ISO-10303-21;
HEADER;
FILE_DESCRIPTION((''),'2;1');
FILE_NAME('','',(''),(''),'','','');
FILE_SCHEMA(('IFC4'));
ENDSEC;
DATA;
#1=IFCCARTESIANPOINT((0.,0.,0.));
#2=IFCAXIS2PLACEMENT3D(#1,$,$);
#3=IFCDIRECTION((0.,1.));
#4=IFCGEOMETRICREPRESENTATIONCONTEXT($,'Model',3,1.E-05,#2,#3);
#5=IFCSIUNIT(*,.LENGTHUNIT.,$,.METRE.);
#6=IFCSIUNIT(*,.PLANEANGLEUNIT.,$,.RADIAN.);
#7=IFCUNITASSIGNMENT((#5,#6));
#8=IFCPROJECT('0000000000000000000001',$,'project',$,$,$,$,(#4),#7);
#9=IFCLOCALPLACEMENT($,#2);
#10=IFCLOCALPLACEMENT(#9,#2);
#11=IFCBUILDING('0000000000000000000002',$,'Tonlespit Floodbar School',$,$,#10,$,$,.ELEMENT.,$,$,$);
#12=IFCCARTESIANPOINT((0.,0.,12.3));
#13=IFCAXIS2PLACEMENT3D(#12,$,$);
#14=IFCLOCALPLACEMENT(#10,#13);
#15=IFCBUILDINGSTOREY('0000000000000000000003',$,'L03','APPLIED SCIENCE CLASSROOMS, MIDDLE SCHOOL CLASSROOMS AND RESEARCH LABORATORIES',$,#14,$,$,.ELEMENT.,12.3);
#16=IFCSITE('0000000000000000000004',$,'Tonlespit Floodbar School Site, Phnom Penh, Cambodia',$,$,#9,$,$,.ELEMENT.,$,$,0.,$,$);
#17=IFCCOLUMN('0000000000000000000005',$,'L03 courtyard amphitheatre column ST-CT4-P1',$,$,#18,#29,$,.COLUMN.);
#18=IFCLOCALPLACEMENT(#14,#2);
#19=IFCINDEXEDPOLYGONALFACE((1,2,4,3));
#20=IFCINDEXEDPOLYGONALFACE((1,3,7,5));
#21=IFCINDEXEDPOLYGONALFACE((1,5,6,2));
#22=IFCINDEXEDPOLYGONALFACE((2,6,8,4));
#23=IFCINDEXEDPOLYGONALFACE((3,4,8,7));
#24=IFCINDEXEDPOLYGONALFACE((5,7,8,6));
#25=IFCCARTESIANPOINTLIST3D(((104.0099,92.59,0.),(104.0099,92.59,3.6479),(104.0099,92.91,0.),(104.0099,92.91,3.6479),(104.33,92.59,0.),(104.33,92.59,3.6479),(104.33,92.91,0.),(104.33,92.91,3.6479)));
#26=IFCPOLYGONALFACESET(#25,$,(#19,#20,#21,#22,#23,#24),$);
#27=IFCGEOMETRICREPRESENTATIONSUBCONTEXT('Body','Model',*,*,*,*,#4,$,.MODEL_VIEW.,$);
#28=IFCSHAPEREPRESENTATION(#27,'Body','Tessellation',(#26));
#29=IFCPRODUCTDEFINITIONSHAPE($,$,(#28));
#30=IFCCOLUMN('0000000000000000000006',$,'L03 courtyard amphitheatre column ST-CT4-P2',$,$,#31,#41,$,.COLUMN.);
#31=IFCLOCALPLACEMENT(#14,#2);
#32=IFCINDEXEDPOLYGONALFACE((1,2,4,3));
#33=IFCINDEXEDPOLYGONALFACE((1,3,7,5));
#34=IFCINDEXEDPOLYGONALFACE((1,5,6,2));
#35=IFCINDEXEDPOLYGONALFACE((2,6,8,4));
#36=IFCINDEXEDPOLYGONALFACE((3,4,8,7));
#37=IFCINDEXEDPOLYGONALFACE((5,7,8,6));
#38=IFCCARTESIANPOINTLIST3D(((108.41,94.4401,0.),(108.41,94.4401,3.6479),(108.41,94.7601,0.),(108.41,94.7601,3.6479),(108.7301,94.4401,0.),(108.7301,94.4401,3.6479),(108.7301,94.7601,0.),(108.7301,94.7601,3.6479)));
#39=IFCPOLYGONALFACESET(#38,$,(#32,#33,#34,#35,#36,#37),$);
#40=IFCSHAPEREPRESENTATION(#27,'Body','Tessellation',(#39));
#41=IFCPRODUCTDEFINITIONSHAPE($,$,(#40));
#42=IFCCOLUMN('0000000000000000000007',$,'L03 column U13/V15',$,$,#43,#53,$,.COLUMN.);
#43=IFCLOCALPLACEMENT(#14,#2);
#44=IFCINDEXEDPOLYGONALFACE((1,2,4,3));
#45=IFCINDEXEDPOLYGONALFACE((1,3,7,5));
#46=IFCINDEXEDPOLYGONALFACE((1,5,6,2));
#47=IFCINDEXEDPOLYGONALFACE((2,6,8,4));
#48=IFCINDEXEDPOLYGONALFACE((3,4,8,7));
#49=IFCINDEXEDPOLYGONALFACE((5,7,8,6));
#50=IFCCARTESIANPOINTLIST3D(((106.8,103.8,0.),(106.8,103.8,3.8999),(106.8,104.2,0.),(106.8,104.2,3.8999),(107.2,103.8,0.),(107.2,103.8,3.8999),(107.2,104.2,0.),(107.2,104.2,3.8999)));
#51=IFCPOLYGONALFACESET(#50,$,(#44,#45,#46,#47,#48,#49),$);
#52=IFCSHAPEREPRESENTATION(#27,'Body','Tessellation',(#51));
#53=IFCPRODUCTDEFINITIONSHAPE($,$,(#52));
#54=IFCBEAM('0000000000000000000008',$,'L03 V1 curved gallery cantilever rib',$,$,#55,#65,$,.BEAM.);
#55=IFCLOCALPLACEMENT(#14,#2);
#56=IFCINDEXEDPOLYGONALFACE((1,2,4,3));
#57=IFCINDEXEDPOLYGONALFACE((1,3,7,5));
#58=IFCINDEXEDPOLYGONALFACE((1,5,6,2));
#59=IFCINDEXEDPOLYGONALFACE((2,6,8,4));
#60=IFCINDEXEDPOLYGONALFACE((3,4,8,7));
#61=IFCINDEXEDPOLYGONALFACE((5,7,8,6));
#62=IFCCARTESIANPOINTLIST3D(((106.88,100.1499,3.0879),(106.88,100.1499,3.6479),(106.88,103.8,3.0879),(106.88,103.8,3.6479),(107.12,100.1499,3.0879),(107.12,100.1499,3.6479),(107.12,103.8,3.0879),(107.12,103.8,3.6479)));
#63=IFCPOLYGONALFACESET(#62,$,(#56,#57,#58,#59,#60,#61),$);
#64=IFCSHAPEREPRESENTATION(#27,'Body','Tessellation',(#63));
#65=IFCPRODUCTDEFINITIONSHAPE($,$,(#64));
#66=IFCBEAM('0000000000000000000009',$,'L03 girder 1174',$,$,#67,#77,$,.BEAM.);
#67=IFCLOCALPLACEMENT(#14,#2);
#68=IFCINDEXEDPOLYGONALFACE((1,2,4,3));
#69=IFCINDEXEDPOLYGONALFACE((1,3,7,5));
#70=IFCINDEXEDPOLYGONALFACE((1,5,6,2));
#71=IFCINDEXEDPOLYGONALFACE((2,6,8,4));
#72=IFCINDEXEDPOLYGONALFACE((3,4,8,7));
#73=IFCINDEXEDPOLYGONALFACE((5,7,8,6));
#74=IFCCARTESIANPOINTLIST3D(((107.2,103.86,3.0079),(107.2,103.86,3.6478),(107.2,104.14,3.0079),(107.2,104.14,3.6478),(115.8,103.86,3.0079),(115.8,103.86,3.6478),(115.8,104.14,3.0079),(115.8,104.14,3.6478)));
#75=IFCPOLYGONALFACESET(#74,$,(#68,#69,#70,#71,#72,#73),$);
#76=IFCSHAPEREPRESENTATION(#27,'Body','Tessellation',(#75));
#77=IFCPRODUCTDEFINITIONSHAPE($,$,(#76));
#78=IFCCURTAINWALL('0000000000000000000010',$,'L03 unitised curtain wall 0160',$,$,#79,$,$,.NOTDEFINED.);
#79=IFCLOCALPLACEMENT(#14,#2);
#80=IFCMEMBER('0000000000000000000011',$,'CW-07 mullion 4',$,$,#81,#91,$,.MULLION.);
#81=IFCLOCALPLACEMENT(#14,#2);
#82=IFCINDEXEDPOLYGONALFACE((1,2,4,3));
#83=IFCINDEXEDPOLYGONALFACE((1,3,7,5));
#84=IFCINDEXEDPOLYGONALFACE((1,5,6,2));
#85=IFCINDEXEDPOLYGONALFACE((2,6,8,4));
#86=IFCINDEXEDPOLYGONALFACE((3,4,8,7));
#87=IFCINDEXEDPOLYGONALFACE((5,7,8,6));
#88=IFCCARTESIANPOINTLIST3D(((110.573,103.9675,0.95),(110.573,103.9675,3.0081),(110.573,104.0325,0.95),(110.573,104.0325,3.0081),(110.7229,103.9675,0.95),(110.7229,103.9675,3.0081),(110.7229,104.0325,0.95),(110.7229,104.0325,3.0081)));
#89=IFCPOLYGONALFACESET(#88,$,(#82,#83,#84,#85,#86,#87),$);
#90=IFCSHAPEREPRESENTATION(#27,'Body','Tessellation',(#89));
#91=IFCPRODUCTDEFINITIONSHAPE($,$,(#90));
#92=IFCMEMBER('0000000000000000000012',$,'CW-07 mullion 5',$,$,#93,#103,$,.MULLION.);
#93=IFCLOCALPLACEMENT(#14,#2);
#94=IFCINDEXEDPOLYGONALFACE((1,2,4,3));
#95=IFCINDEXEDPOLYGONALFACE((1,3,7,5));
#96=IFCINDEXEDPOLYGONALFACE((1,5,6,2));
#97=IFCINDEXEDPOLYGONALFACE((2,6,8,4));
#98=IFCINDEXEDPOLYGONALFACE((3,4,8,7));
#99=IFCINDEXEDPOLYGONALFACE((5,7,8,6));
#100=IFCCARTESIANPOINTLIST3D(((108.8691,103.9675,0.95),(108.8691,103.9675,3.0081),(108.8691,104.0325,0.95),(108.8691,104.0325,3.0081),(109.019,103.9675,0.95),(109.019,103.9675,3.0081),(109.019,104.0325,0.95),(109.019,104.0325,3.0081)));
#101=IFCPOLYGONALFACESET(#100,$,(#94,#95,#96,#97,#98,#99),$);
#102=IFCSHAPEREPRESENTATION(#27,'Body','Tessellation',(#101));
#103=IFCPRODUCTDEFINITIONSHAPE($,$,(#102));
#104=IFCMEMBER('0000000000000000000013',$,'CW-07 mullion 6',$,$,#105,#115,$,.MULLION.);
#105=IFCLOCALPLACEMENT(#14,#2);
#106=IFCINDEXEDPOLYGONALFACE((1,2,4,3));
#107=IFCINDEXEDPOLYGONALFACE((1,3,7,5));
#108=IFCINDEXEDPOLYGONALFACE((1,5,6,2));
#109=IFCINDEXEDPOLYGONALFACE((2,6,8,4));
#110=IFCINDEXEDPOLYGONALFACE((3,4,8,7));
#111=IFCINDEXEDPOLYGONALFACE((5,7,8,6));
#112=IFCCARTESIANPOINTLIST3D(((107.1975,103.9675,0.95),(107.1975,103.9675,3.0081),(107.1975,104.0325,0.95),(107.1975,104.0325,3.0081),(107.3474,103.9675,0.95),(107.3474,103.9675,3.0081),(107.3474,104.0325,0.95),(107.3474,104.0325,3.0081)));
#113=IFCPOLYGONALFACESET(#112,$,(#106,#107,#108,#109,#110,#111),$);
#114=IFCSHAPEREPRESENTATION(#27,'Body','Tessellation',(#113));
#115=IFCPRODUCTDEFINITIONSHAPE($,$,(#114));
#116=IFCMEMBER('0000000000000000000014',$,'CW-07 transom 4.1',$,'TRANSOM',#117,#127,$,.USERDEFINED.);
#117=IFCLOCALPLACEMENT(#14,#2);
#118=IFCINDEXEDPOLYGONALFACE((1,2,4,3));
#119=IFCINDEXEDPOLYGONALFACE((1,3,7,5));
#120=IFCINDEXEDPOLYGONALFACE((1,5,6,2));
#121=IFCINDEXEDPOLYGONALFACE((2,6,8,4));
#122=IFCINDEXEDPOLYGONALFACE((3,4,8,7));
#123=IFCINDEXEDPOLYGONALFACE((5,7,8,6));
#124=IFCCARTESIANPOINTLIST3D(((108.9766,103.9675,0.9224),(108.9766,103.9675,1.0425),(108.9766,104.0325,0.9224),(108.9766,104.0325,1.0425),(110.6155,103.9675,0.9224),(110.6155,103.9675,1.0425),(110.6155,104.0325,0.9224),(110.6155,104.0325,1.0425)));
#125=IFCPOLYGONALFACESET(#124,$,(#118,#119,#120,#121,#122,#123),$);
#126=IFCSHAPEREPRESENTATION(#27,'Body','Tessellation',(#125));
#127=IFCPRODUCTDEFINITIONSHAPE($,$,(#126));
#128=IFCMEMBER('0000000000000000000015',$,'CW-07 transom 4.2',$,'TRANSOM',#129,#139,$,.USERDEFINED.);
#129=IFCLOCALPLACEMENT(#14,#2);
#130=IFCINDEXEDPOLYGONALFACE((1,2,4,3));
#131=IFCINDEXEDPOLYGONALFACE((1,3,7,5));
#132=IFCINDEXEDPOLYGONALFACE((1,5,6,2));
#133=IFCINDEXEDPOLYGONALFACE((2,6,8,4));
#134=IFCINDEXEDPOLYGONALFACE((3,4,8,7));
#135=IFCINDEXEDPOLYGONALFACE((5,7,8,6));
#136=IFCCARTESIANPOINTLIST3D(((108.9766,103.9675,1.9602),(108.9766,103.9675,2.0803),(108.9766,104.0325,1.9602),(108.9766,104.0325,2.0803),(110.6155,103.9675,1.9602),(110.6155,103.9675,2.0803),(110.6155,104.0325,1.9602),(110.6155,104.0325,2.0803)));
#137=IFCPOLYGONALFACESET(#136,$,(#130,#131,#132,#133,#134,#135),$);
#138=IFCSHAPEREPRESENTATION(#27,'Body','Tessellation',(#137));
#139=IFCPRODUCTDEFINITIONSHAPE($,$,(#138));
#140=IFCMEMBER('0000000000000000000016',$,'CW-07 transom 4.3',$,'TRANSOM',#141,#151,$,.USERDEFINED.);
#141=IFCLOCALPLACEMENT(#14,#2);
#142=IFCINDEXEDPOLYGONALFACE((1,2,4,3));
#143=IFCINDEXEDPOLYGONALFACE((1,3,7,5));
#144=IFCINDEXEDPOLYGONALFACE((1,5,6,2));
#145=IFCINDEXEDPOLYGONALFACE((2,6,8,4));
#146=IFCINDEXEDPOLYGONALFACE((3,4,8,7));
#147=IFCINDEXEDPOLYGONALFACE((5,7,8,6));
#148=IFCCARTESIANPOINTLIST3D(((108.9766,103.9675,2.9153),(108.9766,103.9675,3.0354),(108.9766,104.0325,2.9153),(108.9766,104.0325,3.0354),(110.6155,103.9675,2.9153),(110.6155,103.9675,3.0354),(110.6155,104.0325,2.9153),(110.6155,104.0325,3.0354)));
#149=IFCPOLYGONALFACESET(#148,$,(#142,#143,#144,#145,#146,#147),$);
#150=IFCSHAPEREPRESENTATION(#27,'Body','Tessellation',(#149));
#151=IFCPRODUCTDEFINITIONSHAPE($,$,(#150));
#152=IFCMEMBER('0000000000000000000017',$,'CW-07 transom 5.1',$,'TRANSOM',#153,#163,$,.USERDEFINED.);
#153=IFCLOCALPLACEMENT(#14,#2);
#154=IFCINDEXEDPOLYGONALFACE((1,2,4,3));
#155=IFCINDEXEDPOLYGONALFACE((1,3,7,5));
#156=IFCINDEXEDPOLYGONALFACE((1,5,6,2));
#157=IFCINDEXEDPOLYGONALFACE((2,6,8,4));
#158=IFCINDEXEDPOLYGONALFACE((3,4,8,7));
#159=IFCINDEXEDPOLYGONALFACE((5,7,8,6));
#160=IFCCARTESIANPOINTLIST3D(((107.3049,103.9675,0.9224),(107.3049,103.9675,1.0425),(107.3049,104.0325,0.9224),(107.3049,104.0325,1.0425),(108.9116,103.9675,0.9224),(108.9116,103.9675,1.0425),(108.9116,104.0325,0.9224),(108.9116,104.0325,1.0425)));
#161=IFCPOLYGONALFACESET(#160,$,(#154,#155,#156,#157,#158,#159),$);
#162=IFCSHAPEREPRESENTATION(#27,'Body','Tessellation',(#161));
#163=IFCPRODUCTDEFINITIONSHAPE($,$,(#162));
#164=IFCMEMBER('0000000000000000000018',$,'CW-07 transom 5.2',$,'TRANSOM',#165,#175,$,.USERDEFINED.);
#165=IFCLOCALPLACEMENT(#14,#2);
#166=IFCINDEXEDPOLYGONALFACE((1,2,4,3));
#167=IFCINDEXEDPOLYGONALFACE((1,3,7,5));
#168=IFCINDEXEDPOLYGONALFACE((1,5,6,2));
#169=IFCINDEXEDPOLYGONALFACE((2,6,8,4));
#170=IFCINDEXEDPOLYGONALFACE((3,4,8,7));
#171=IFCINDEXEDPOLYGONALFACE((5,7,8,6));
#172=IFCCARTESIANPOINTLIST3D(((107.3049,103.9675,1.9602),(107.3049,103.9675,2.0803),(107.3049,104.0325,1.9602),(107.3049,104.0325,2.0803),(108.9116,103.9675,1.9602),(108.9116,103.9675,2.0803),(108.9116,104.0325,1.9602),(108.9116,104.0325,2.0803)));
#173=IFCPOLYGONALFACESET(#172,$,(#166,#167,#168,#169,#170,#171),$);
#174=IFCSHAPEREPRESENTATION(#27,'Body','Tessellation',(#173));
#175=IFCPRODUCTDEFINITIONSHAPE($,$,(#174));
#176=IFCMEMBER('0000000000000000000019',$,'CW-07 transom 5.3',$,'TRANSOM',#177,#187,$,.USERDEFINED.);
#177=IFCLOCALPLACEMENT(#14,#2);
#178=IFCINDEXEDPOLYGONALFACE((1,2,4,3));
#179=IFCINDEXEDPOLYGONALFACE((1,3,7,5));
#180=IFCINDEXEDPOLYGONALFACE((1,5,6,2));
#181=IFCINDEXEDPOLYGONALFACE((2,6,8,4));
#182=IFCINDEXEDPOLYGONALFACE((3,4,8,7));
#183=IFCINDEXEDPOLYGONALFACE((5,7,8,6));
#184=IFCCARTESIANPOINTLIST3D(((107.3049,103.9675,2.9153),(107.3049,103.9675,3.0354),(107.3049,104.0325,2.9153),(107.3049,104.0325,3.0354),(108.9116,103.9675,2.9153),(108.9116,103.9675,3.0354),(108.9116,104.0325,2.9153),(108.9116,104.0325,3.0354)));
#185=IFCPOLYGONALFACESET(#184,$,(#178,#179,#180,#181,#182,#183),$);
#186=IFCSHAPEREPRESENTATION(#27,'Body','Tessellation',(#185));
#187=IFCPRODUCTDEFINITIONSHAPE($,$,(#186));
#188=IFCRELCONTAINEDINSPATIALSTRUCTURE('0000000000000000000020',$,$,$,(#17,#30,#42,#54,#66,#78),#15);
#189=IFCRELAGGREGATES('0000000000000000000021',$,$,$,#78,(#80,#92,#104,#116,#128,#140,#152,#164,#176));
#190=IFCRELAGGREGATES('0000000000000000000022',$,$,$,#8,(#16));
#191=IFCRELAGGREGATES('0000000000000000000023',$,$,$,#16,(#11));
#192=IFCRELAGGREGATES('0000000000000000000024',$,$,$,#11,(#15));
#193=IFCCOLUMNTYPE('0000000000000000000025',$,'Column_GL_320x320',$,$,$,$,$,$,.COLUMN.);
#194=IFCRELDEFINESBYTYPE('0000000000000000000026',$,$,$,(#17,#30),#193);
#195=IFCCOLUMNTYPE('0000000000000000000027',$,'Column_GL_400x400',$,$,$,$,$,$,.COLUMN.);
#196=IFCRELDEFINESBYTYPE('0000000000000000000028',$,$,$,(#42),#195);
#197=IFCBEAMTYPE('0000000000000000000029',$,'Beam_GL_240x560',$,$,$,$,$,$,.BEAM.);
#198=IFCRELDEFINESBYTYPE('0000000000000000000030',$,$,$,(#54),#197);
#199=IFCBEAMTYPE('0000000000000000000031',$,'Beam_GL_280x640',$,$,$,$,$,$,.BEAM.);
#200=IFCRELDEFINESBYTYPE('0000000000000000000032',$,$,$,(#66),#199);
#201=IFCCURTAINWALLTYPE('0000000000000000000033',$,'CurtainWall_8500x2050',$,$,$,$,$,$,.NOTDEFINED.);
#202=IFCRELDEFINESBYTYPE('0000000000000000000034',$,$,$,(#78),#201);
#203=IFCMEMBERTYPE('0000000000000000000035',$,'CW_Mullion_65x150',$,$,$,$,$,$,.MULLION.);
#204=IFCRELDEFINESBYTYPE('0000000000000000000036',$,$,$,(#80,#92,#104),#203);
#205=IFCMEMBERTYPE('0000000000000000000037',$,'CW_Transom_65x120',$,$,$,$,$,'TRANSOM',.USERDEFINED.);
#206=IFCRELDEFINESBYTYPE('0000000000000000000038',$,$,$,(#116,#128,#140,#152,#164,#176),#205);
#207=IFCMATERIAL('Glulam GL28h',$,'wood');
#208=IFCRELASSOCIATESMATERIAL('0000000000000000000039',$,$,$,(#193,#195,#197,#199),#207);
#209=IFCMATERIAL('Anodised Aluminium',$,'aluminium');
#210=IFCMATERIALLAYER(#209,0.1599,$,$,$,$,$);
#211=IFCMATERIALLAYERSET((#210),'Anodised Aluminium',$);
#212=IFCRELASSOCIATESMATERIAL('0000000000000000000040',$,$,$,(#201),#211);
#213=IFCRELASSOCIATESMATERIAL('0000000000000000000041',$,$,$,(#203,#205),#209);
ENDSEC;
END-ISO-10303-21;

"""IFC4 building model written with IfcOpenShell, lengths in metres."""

from ifc_helpers import new_model, si_unit, direction, frame, origin, origin_2d, place, context, subcontext, project, spatial, rectangle, extrude, material, layer, layer_set, material_profile, profile_set, type_object, element, aggregate, save


model = new_model("IFC4")

# Units and contexts
model_context = context("Model", 3, precision=1e-05, world=origin(), true_north=direction((0.0, 1.0)))
body_context = subcontext(model_context, "Body", "Model", "MODEL_VIEW")
ifc_project = project(units=[si_unit("LENGTHUNIT", "METRE"), si_unit("PLANEANGLEUNIT", "RADIAN")], contexts=[model_context])

# Site, building, storey
site_placement = place(None, origin())
site = spatial("IfcSite", under=ifc_project, at=site_placement, Name="Tonlespit Floodbar School Site, Phnom Penh, Cambodia", CompositionType="ELEMENT", RefElevation=0.0)
building_placement = place(site_placement, origin())
building = spatial("IfcBuilding", under=site, at=building_placement, Name="Tonlespit Floodbar School", CompositionType="ELEMENT")
storey_placement = place(building_placement, frame((0.0, 0.0, 12.3)))
storey = spatial("IfcBuildingStorey", under=building, at=storey_placement, Name="L03", Description="APPLIED SCIENCE CLASSROOMS, MIDDLE SCHOOL CLASSROOMS AND RESEARCH LABORATORIES", CompositionType="ELEMENT", Elevation=12.3)

# Columns
ifc_material_1 = material(Name="Glulam GL28h", Category="wood")
ifc_material_profile_1 = material_profile(ifc_material_1, rectangle(XDim=0.3201, YDim=0.3201, at=origin_2d()), Name="GL 320x320")
ifc_profile_set_1 = profile_set([ifc_material_profile_1], Name="Glulam GL28h")
column_type_1 = type_object("IfcColumnType", Name="Column_GL_320x320", PredefinedType="COLUMN", material=ifc_profile_set_1)
for number, where, z_axis, x_axis, name in (
    (1, (104.1699, 92.75, 0.0), (0.0, 0.0, 1.0), (1.0, 0.0, 0.0), "L03 courtyard amphitheatre column ST-CT4-P1"),
    (2, (108.5701, 94.6001, 0.0), (0.0, 0.0, 1.0), (1.0, 0.0, 0.0), "L03 courtyard amphitheatre column ST-CT4-P2"),
):
    element("IfcColumn", number, at=place(storey_placement, frame(where, z_axis=z_axis, x_axis=x_axis)), inside=storey, type_object=column_type_1, Name=name, PredefinedType="COLUMN", context=body_context, shape_type="SweptSolid", body=[
        extrude(rectangle(XDim=0.3201, YDim=0.3201, at=origin_2d()), origin(), (0.0, 0.0, 1.0), 3.6479),
    ])
ifc_material_profile_2 = material_profile(ifc_material_1, rectangle(XDim=0.3999, YDim=0.3999, at=origin_2d()), Name="GL 400x400")
ifc_profile_set_2 = profile_set([ifc_material_profile_2], Name="Glulam GL28h")
column_type_2 = type_object("IfcColumnType", Name="Column_GL_400x400", PredefinedType="COLUMN", material=ifc_profile_set_2)
column_placement = place(storey_placement, frame((107.0, 104.0, 0.0), z_axis=(0.0, 0.0, 1.0), x_axis=(1.0, 0.0, 0.0)))
element("IfcColumn", 3, at=column_placement, inside=storey, type_object=column_type_2, Name="L03 column U13/V15", PredefinedType="COLUMN", context=body_context, shape_type="SweptSolid", body=[
    extrude(rectangle(XDim=0.3999, YDim=0.3999, at=origin_2d()), origin(), (0.0, 0.0, 1.0), 3.8999),
])

# Beams
ifc_material_profile_3 = material_profile(ifc_material_1, rectangle(XDim=0.24, YDim=0.5601, at=origin_2d()), Name="GL 240x560")
ifc_profile_set_3 = profile_set([ifc_material_profile_3], Name="Glulam GL28h")
beam_type_1 = type_object("IfcBeamType", Name="Beam_GL_240x560", PredefinedType="BEAM", material=ifc_profile_set_3)
beam_1_placement = place(storey_placement, frame((107.0, 103.8, 3.3679), z_axis=(0.0, -1.0, 0.0), x_axis=(1.0, 0.0, 0.0)))
element("IfcBeam", 4, at=beam_1_placement, inside=storey, type_object=beam_type_1, Name="L03 V1 curved gallery cantilever rib", PredefinedType="BEAM", context=body_context, shape_type="SweptSolid", body=[
    extrude(rectangle(XDim=0.24, YDim=0.5601, at=origin_2d()), origin(), (0.0, 0.0, 1.0), 3.6501),
])
ifc_material_profile_4 = material_profile(ifc_material_1, rectangle(XDim=0.28, YDim=0.6399, at=origin_2d()), Name="GL 280x640")
ifc_profile_set_4 = profile_set([ifc_material_profile_4], Name="Glulam GL28h")
beam_type_2 = type_object("IfcBeamType", Name="Beam_GL_280x640", PredefinedType="BEAM", material=ifc_profile_set_4)
beam_2_placement = place(storey_placement, frame((107.2, 104.0, 3.3279), z_axis=(1.0, 0.0, 0.0), x_axis=(0.0, 1.0, 0.0)))
element("IfcBeam", 5, at=beam_2_placement, inside=storey, type_object=beam_type_2, Name="L03 girder 1174", PredefinedType="BEAM", context=body_context, shape_type="SweptSolid", body=[
    extrude(rectangle(XDim=0.28, YDim=0.6399, at=origin_2d()), origin(), (0.0, 0.0, 1.0), 8.6001),
])

# Curtain wall, members
ifc_material_2 = material(Name="Anodised Aluminium", Category="aluminium")
ifc_layer_1 = layer(ifc_material_2, 0.1599)
ifc_layer_set_1 = layer_set([ifc_layer_1], Name="Anodised Aluminium")
curtain_wall_type = type_object("IfcCurtainWallType", Name="CurtainWall_8500x2050", PredefinedType="NOTDEFINED", material=ifc_layer_set_1)
curtain_wall_placement = place(storey_placement, origin())
curtain_wall = element("IfcCurtainWall", 6, at=curtain_wall_placement, inside=storey, type_object=curtain_wall_type, Name="L03 unitised curtain wall 0160", PredefinedType="NOTDEFINED")
ifc_material_profile_5 = material_profile(ifc_material_2, rectangle(XDim=0.0649, YDim=0.1499, at=origin_2d()), Name="ALU M65x150")
ifc_profile_set_5 = profile_set([ifc_material_profile_5], Name="Anodised Aluminium")
member_type_1 = type_object("IfcMemberType", Name="CW_Mullion_65x150", PredefinedType="MULLION", material=ifc_profile_set_5)
member_1_placement = place(storey_placement, frame((110.6479, 104.0, 0.95), z_axis=(0.0, 0.0, 1.0), x_axis=(0.0, -1.0, 0.0)))
member_1 = element("IfcMember", 7, at=member_1_placement, type_object=member_type_1, Name="CW-07 mullion 4", PredefinedType="MULLION", context=body_context, shape_type="SweptSolid", body=[
    extrude(rectangle(XDim=0.0649, YDim=0.1499, at=origin_2d()), origin(), (0.0, 0.0, 1.0), 2.0581),
])
member_2_placement = place(storey_placement, frame((108.9441, 104.0, 0.95), z_axis=(0.0, 0.0, 1.0), x_axis=(0.0, -1.0, 0.0)))
member_2 = element("IfcMember", 8, at=member_2_placement, type_object=member_type_1, Name="CW-07 mullion 5", PredefinedType="MULLION", context=body_context, shape_type="SweptSolid", body=[
    extrude(rectangle(XDim=0.0649, YDim=0.1499, at=origin_2d()), origin(), (0.0, 0.0, 1.0), 2.0581),
])
member_3_placement = place(storey_placement, frame((107.2725, 104.0, 0.95), z_axis=(0.0, 0.0, 1.0), x_axis=(0.0, -1.0, 0.0)))
member_3 = element("IfcMember", 9, at=member_3_placement, type_object=member_type_1, Name="CW-07 mullion 6", PredefinedType="MULLION", context=body_context, shape_type="SweptSolid", body=[
    extrude(rectangle(XDim=0.0649, YDim=0.1499, at=origin_2d()), origin(), (0.0, 0.0, 1.0), 2.0581),
])
ifc_material_profile_6 = material_profile(ifc_material_2, rectangle(XDim=0.0649, YDim=0.1201, at=origin_2d()), Name="ALU T65x120")
ifc_profile_set_6 = profile_set([ifc_material_profile_6], Name="Anodised Aluminium")
member_type_2 = type_object("IfcMemberType", Name="CW_Transom_65x120", ElementType="TRANSOM", PredefinedType="USERDEFINED", material=ifc_profile_set_6)
member_4_placement = place(storey_placement, frame((110.6155, 104.0, 0.9824), z_axis=(-1.0, 0.0, 0.0), x_axis=(0.0, -1.0, 0.0)))
member_4 = element("IfcMember", 10, at=member_4_placement, type_object=member_type_2, Name="CW-07 transom 4.1", ObjectType="TRANSOM", PredefinedType="USERDEFINED", context=body_context, shape_type="SweptSolid", body=[
    extrude(rectangle(XDim=0.0649, YDim=0.1201, at=origin_2d()), origin(), (0.0, 0.0, 1.0), 1.6389),
])
member_5_placement = place(storey_placement, frame((110.6155, 104.0, 2.0203), z_axis=(-1.0, 0.0, 0.0), x_axis=(0.0, -1.0, 0.0)))
member_5 = element("IfcMember", 11, at=member_5_placement, type_object=member_type_2, Name="CW-07 transom 4.2", ObjectType="TRANSOM", PredefinedType="USERDEFINED", context=body_context, shape_type="SweptSolid", body=[
    extrude(rectangle(XDim=0.0649, YDim=0.1201, at=origin_2d()), origin(), (0.0, 0.0, 1.0), 1.6389),
])
member_6_placement = place(storey_placement, frame((110.6155, 104.0, 2.9753), z_axis=(-1.0, 0.0, 0.0), x_axis=(0.0, -1.0, 0.0)))
member_6 = element("IfcMember", 12, at=member_6_placement, type_object=member_type_2, Name="CW-07 transom 4.3", ObjectType="TRANSOM", PredefinedType="USERDEFINED", context=body_context, shape_type="SweptSolid", body=[
    extrude(rectangle(XDim=0.0649, YDim=0.1201, at=origin_2d()), origin(), (0.0, 0.0, 1.0), 1.6389),
])
member_7_placement = place(storey_placement, frame((108.9116, 104.0, 0.9824), z_axis=(-1.0, 0.0, 0.0), x_axis=(0.0, -1.0, 0.0)))
member_7 = element("IfcMember", 13, at=member_7_placement, type_object=member_type_2, Name="CW-07 transom 5.1", ObjectType="TRANSOM", PredefinedType="USERDEFINED", context=body_context, shape_type="SweptSolid", body=[
    extrude(rectangle(XDim=0.0649, YDim=0.1201, at=origin_2d()), origin(), (0.0, 0.0, 1.0), 1.6067),
])
member_8_placement = place(storey_placement, frame((108.9116, 104.0, 2.0203), z_axis=(-1.0, 0.0, 0.0), x_axis=(0.0, -1.0, 0.0)))
member_8 = element("IfcMember", 14, at=member_8_placement, type_object=member_type_2, Name="CW-07 transom 5.2", ObjectType="TRANSOM", PredefinedType="USERDEFINED", context=body_context, shape_type="SweptSolid", body=[
    extrude(rectangle(XDim=0.0649, YDim=0.1201, at=origin_2d()), origin(), (0.0, 0.0, 1.0), 1.6067),
])
member_9_placement = place(storey_placement, frame((108.9116, 104.0, 2.9753), z_axis=(-1.0, 0.0, 0.0), x_axis=(0.0, -1.0, 0.0)))
member_9 = element("IfcMember", 15, at=member_9_placement, type_object=member_type_2, Name="CW-07 transom 5.3", ObjectType="TRANSOM", PredefinedType="USERDEFINED", context=body_context, shape_type="SweptSolid", body=[
    extrude(rectangle(XDim=0.0649, YDim=0.1201, at=origin_2d()), origin(), (0.0, 0.0, 1.0), 1.6067),
])
aggregate(curtain_wall, [member_1, member_2, member_3, member_4, member_5, member_6, member_7, member_8, member_9])

save(model, "model.ifc")
